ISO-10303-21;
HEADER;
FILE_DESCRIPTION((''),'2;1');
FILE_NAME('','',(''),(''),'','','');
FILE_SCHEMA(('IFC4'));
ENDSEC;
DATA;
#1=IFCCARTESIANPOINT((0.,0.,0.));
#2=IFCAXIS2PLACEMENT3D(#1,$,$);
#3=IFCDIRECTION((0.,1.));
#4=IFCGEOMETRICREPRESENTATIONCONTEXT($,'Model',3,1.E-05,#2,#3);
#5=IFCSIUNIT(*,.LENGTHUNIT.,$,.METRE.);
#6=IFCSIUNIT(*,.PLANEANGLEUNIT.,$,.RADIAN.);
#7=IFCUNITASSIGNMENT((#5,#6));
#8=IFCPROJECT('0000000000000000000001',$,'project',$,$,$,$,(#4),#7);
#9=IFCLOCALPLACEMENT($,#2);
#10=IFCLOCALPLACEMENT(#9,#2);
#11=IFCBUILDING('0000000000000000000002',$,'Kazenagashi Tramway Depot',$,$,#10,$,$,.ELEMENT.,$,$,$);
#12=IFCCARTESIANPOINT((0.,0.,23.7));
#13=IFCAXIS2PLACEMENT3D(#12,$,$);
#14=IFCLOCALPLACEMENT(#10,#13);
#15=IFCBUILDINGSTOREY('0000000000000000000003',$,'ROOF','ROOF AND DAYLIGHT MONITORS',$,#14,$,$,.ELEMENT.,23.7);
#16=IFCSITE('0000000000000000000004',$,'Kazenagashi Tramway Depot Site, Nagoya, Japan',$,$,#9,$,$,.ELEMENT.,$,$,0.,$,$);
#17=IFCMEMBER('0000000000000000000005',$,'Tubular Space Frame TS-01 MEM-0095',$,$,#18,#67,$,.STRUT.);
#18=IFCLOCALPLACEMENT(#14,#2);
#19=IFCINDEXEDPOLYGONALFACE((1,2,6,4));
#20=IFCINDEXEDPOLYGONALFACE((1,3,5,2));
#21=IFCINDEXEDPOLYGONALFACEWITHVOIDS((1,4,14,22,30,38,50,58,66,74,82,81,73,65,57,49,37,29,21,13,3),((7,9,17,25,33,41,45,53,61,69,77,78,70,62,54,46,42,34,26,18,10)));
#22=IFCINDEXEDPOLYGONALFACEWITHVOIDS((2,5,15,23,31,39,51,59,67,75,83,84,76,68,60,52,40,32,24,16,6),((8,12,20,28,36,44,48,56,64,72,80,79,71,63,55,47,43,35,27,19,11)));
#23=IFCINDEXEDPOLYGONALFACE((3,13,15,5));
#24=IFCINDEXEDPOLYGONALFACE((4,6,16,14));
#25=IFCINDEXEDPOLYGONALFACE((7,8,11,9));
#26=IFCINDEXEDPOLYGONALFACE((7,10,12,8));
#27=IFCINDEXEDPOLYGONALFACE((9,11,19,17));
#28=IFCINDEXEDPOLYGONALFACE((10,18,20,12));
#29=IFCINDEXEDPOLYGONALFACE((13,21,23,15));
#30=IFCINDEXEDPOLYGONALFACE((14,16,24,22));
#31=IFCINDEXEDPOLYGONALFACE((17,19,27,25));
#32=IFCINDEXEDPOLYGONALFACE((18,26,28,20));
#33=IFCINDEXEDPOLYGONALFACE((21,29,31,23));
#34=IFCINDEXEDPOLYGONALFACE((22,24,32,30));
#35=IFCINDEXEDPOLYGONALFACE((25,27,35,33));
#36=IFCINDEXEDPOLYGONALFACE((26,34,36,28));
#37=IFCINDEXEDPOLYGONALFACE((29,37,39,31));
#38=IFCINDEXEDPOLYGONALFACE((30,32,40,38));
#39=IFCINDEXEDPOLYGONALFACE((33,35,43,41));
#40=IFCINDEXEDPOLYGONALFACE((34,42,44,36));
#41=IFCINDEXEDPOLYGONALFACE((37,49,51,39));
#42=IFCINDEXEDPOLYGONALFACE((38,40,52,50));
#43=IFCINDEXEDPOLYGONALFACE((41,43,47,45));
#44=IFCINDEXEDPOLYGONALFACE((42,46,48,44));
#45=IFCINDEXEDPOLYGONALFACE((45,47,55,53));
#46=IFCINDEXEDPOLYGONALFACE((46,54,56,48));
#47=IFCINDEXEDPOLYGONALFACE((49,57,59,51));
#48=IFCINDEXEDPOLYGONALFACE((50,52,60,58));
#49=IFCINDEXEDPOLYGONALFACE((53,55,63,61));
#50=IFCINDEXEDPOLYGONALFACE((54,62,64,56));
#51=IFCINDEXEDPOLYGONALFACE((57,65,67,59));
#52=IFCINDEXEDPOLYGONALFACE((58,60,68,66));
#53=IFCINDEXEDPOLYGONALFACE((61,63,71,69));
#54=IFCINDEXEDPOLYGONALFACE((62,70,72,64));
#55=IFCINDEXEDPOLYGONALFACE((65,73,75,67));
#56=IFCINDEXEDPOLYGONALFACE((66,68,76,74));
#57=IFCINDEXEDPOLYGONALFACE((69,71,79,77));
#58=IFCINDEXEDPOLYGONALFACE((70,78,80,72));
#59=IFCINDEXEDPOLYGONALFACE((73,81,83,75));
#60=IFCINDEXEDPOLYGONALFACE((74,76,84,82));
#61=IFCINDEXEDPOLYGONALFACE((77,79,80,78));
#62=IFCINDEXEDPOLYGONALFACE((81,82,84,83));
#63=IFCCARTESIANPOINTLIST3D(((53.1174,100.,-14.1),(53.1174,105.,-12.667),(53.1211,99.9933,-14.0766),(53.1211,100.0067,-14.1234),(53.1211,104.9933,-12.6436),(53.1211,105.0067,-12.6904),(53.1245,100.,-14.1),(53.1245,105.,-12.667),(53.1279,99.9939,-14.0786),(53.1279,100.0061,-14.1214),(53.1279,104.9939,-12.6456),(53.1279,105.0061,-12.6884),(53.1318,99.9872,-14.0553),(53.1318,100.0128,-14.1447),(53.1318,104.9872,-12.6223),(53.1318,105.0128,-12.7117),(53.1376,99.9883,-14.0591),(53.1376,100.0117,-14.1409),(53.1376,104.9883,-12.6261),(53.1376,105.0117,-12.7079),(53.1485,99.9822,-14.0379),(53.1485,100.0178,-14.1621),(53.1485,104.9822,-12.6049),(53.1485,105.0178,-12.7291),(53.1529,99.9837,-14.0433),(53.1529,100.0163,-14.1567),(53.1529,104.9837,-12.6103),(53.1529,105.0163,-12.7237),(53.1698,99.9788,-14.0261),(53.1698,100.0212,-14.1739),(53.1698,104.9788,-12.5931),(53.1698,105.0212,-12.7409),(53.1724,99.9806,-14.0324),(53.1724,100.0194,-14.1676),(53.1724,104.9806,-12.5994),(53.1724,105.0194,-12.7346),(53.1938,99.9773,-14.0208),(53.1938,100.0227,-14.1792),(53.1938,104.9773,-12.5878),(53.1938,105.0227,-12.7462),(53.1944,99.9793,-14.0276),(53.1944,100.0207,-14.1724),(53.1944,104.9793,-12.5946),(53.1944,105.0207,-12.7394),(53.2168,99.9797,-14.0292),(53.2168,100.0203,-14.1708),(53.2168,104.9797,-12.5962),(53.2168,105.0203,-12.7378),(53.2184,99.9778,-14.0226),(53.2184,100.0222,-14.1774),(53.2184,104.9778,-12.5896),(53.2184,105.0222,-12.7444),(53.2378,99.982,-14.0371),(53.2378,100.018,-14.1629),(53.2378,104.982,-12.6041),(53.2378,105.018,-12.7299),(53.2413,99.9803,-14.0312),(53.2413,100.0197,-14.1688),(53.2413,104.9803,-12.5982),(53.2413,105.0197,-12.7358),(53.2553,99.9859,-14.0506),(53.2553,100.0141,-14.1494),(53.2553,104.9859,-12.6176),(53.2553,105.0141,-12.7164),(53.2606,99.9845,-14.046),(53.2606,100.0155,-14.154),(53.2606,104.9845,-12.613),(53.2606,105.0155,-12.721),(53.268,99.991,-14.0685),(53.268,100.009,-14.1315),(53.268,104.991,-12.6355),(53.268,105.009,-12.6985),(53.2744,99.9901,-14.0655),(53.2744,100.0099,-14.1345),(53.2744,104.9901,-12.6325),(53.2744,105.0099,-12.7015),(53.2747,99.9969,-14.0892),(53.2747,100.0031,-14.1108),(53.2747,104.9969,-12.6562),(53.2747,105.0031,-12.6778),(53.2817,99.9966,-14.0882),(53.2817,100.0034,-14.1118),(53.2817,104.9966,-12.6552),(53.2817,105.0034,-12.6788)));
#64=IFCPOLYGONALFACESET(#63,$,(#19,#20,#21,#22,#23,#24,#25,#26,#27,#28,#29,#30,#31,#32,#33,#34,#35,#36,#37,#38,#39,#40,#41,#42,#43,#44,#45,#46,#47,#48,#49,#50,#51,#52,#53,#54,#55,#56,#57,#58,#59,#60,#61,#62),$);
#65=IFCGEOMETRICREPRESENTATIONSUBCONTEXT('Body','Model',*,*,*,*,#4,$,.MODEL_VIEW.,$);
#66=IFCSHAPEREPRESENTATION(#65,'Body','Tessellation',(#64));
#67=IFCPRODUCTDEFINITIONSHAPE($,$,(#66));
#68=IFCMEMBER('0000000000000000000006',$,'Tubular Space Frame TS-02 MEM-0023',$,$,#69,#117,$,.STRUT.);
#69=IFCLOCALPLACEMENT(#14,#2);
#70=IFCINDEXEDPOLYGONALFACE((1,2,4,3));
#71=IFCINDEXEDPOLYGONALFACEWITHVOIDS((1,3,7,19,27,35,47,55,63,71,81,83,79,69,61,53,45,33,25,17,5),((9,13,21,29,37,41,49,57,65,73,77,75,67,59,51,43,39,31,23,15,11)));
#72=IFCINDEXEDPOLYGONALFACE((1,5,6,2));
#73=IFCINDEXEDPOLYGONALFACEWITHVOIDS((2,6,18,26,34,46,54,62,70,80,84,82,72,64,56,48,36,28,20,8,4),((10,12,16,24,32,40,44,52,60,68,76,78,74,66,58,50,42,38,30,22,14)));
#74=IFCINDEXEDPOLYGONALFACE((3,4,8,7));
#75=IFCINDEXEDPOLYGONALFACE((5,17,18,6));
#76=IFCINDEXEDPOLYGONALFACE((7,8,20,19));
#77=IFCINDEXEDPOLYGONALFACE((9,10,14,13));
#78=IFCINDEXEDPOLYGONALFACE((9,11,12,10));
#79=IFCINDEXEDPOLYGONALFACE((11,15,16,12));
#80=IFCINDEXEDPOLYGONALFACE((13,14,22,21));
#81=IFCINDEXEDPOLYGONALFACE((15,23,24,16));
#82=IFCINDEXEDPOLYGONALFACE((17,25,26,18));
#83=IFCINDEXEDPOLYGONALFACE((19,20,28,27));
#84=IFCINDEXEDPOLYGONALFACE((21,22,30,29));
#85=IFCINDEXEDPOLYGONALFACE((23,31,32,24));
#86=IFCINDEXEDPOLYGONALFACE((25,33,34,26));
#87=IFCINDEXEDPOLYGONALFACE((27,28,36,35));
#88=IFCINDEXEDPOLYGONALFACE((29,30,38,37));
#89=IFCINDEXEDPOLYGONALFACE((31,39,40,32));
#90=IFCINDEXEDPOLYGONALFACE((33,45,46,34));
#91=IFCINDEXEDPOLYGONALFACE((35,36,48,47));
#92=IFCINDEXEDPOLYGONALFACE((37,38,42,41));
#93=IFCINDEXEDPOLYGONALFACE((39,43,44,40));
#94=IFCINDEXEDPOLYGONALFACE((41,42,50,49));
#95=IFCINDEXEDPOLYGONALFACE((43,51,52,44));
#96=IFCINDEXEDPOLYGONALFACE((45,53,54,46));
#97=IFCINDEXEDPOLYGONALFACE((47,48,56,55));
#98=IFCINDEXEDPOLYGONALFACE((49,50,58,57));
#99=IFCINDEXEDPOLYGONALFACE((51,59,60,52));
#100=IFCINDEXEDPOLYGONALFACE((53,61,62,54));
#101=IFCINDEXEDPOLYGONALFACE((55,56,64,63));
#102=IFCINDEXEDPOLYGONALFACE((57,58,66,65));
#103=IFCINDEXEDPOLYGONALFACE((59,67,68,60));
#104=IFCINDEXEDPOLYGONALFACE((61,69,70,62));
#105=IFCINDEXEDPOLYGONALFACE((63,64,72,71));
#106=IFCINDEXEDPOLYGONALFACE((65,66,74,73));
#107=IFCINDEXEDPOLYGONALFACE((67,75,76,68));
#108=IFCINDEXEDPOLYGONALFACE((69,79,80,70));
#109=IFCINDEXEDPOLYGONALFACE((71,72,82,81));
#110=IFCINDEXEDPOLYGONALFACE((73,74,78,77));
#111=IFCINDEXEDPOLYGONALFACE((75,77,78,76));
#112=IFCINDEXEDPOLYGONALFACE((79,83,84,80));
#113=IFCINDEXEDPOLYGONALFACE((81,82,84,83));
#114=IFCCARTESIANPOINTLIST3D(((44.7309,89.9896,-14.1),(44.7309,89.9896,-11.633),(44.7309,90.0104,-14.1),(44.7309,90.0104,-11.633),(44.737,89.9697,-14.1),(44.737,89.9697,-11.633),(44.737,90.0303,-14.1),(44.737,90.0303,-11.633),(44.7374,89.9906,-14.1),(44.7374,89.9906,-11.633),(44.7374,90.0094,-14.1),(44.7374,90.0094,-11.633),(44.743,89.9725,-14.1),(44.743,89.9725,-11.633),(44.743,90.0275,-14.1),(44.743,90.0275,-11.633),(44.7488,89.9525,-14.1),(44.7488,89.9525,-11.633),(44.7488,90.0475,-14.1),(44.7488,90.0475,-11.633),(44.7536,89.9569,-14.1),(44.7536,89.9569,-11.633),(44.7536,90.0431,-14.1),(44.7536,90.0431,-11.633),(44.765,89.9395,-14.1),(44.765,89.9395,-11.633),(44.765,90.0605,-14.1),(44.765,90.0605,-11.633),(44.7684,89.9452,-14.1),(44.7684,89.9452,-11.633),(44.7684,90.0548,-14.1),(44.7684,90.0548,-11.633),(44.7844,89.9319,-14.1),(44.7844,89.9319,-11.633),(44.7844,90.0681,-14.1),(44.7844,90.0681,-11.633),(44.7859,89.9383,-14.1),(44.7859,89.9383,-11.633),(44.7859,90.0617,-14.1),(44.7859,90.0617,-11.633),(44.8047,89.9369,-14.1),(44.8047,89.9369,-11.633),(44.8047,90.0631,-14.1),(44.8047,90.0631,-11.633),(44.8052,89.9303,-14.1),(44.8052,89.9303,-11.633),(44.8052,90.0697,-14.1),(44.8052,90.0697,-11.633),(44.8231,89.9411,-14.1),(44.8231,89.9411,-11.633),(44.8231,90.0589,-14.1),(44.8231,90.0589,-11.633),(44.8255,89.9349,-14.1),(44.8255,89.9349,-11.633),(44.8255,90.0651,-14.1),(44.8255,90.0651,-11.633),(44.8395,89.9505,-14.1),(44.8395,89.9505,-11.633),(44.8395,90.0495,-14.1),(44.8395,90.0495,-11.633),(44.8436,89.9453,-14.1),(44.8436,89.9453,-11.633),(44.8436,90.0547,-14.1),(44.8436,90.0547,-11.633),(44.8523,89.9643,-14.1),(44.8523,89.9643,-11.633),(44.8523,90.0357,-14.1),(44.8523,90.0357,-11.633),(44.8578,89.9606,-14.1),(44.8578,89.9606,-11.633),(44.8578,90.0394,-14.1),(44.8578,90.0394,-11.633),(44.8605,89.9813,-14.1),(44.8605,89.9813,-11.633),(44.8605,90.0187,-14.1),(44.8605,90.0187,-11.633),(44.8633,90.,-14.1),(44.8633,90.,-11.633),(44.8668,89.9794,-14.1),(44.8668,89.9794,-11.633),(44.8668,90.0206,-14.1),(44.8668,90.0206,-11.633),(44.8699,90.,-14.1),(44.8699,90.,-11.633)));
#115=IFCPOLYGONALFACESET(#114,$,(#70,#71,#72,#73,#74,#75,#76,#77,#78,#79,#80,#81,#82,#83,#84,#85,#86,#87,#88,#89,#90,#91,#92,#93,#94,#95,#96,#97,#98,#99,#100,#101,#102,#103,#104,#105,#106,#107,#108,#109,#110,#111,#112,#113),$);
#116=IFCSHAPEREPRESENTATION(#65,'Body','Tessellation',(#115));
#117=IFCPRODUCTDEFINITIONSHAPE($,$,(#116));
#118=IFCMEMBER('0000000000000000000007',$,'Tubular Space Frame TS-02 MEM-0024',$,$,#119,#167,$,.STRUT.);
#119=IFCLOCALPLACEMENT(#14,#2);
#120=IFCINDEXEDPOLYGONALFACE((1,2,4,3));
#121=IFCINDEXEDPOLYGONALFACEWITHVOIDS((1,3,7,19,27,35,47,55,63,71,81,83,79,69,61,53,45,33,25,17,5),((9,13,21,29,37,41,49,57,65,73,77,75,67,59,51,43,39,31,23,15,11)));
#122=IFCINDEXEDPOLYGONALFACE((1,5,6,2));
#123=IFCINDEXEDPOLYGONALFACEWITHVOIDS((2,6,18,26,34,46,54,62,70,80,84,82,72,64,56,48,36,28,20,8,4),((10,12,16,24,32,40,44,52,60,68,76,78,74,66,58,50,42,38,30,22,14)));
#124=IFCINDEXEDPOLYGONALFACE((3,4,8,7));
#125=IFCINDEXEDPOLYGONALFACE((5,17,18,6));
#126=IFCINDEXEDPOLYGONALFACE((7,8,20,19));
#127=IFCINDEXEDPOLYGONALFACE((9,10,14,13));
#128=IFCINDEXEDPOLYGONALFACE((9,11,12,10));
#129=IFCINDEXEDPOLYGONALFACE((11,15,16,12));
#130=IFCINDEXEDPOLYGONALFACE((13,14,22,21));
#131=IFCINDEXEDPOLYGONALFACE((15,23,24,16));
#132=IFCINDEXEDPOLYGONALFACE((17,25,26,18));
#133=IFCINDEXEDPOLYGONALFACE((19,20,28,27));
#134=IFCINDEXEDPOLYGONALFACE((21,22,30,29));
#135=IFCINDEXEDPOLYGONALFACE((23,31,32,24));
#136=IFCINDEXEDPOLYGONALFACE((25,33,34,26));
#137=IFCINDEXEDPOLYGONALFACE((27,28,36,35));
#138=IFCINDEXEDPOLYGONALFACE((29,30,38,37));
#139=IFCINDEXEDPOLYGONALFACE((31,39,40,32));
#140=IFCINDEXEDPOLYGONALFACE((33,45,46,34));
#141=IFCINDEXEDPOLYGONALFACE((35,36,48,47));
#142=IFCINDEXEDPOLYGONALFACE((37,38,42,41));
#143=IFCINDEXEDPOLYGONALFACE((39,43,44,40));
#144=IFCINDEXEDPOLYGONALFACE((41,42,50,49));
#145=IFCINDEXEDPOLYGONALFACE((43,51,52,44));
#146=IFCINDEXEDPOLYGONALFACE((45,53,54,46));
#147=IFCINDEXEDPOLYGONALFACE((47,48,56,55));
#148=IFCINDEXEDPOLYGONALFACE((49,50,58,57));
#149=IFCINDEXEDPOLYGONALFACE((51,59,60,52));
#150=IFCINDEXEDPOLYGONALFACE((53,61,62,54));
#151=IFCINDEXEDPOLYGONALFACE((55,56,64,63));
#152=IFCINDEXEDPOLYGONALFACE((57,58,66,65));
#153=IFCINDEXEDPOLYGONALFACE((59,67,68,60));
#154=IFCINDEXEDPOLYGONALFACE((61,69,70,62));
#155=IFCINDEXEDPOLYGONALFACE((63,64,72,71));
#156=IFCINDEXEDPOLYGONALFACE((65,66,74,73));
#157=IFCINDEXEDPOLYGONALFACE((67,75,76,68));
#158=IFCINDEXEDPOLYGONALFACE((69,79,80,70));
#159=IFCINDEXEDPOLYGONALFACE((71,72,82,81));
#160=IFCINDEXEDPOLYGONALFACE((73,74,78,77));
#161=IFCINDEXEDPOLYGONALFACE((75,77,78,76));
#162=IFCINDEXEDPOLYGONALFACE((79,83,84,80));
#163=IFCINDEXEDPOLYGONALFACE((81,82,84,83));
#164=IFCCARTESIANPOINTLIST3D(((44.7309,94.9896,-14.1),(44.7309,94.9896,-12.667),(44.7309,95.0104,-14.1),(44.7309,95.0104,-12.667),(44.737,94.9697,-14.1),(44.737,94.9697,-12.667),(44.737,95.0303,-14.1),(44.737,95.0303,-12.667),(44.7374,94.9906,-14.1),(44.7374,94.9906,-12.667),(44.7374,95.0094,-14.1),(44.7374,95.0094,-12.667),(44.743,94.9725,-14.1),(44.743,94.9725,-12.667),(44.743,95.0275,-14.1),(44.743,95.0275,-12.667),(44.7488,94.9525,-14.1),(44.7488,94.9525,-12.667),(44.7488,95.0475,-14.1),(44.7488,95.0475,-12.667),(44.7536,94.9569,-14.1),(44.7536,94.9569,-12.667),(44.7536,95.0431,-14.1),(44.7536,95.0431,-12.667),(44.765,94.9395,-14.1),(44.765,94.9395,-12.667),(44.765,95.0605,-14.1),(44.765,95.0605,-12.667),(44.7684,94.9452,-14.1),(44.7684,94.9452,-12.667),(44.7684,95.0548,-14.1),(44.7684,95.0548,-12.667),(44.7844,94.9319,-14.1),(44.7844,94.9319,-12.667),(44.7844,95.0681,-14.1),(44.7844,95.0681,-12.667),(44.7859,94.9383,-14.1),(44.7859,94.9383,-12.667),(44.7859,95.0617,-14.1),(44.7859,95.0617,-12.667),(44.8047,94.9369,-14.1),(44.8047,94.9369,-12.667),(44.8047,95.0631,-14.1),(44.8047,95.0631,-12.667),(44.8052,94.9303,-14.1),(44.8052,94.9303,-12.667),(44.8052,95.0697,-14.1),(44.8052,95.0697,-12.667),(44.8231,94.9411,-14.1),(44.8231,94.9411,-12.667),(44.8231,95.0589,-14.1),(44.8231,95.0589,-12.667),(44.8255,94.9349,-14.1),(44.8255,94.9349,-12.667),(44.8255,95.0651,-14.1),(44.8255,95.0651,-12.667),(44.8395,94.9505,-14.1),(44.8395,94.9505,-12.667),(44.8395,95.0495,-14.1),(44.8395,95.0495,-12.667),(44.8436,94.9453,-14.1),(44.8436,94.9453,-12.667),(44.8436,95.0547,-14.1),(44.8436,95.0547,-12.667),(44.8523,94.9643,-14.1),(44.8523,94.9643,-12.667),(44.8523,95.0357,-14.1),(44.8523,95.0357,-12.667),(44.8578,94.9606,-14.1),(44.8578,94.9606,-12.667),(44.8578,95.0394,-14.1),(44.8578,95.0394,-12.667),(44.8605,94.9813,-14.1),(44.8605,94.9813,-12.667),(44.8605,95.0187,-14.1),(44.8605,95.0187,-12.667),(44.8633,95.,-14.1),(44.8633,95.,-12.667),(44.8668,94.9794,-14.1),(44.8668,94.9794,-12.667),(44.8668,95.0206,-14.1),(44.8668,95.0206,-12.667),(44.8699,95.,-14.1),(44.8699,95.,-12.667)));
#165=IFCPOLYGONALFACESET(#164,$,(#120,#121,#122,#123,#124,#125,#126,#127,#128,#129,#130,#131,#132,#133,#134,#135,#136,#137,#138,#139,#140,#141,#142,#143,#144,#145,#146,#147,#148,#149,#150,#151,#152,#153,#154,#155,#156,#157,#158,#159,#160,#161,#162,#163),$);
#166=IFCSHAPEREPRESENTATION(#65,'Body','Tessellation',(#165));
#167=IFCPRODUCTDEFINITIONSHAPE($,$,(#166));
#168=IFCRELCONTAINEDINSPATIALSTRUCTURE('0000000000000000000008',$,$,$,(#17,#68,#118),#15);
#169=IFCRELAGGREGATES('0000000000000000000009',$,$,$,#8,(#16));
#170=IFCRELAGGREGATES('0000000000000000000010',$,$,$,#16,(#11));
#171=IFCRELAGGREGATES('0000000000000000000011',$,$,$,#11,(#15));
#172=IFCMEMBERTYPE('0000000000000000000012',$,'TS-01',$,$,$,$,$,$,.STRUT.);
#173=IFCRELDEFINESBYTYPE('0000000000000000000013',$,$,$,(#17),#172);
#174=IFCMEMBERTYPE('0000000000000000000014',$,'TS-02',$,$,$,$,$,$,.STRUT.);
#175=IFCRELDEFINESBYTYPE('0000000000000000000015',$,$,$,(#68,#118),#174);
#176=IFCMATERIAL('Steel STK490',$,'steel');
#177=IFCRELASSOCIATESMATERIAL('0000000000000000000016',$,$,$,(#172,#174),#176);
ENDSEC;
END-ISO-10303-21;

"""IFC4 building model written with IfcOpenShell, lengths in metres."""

from ifc_helpers import new_model, si_unit, direction, frame, origin, origin_2d, place, context, subcontext, project, spatial, hollow_circle, extrude, material, material_profile, profile_set, type_object, element, save


model = new_model("IFC4")

# Units and contexts
model_context = context("Model", 3, precision=1e-05, world=origin(), true_north=direction((0.0, 1.0)))
body_context = subcontext(model_context, "Body", "Model", "MODEL_VIEW")
ifc_project = project(units=[si_unit("LENGTHUNIT", "METRE"), si_unit("PLANEANGLEUNIT", "RADIAN")], contexts=[model_context])

# Site, building, storey
site_placement = place(None, origin())
site = spatial("IfcSite", under=ifc_project, at=site_placement, Name="Kazenagashi Tramway Depot Site, Nagoya, Japan", CompositionType="ELEMENT", RefElevation=0.0)
building_placement = place(site_placement, origin())
building = spatial("IfcBuilding", under=site, at=building_placement, Name="Kazenagashi Tramway Depot", CompositionType="ELEMENT")
storey_placement = place(building_placement, frame((0.0, 0.0, 23.7)))
storey = spatial("IfcBuildingStorey", under=building, at=storey_placement, Name="ROOF", Description="ROOF AND DAYLIGHT MONITORS", CompositionType="ELEMENT", Elevation=23.7)

# Members
ifc_material_1 = material(Name="Steel STK490", Category="steel")
ifc_material_profile_1 = material_profile(ifc_material_1, hollow_circle(Radius=0.0826, WallThickness=0.0071, at=origin_2d()), Name="CHS-165.2x7.1")
ifc_profile_set_1 = profile_set([ifc_material_profile_1], Name="Steel STK490")
member_type_1 = type_object("IfcMemberType", Name="TS-01", PredefinedType="STRUT", material=ifc_profile_set_1)
for number, where, z_axis, x_axis, name in (
    (1, (53.2, 100.0, -14.1), (0.0, 0.961299, 0.275508), (-1.0, 0.0, 0.0), "Tubular Space Frame TS-01 MEM-0095"),
):
    element("IfcMember", number, at=place(storey_placement, frame(where, z_axis=z_axis, x_axis=x_axis)), inside=storey, type_object=member_type_1, Name=name, PredefinedType="STRUT", context=body_context, shape_type="SweptSolid", body=[
        extrude(hollow_circle(Radius=0.0826, WallThickness=0.0071, at=origin_2d()), origin(), (0.0, 0.0, 1.0), 5.2013),
    ])
ifc_material_profile_2 = material_profile(ifc_material_1, hollow_circle(Radius=0.0699, WallThickness=0.0066, at=origin_2d()), Name="CHS-139.8x6.6")
ifc_profile_set_2 = profile_set([ifc_material_profile_2], Name="Steel STK490")
member_type_2 = type_object("IfcMemberType", Name="TS-02", PredefinedType="STRUT", material=ifc_profile_set_2)
member_1_placement = place(storey_placement, frame((44.8, 90.0, -14.1), z_axis=(0.0, 0.0, 1.0), x_axis=(1.0, 0.0, 0.0)))
element("IfcMember", 2, at=member_1_placement, inside=storey, type_object=member_type_2, Name="Tubular Space Frame TS-02 MEM-0023", PredefinedType="STRUT", context=body_context, shape_type="SweptSolid", body=[
    extrude(hollow_circle(Radius=0.0699, WallThickness=0.0066, at=origin_2d()), origin(), (0.0, 0.0, 1.0), 2.467),
])
member_2_placement = place(storey_placement, frame((44.8, 95.0, -14.1), z_axis=(0.0, 0.0, 1.0), x_axis=(1.0, 0.0, 0.0)))
element("IfcMember", 3, at=member_2_placement, inside=storey, type_object=member_type_2, Name="Tubular Space Frame TS-02 MEM-0024", PredefinedType="STRUT", context=body_context, shape_type="SweptSolid", body=[
    extrude(hollow_circle(Radius=0.0699, WallThickness=0.0066, at=origin_2d()), origin(), (0.0, 0.0, 1.0), 1.433),
])

save(model, "model.ifc")
